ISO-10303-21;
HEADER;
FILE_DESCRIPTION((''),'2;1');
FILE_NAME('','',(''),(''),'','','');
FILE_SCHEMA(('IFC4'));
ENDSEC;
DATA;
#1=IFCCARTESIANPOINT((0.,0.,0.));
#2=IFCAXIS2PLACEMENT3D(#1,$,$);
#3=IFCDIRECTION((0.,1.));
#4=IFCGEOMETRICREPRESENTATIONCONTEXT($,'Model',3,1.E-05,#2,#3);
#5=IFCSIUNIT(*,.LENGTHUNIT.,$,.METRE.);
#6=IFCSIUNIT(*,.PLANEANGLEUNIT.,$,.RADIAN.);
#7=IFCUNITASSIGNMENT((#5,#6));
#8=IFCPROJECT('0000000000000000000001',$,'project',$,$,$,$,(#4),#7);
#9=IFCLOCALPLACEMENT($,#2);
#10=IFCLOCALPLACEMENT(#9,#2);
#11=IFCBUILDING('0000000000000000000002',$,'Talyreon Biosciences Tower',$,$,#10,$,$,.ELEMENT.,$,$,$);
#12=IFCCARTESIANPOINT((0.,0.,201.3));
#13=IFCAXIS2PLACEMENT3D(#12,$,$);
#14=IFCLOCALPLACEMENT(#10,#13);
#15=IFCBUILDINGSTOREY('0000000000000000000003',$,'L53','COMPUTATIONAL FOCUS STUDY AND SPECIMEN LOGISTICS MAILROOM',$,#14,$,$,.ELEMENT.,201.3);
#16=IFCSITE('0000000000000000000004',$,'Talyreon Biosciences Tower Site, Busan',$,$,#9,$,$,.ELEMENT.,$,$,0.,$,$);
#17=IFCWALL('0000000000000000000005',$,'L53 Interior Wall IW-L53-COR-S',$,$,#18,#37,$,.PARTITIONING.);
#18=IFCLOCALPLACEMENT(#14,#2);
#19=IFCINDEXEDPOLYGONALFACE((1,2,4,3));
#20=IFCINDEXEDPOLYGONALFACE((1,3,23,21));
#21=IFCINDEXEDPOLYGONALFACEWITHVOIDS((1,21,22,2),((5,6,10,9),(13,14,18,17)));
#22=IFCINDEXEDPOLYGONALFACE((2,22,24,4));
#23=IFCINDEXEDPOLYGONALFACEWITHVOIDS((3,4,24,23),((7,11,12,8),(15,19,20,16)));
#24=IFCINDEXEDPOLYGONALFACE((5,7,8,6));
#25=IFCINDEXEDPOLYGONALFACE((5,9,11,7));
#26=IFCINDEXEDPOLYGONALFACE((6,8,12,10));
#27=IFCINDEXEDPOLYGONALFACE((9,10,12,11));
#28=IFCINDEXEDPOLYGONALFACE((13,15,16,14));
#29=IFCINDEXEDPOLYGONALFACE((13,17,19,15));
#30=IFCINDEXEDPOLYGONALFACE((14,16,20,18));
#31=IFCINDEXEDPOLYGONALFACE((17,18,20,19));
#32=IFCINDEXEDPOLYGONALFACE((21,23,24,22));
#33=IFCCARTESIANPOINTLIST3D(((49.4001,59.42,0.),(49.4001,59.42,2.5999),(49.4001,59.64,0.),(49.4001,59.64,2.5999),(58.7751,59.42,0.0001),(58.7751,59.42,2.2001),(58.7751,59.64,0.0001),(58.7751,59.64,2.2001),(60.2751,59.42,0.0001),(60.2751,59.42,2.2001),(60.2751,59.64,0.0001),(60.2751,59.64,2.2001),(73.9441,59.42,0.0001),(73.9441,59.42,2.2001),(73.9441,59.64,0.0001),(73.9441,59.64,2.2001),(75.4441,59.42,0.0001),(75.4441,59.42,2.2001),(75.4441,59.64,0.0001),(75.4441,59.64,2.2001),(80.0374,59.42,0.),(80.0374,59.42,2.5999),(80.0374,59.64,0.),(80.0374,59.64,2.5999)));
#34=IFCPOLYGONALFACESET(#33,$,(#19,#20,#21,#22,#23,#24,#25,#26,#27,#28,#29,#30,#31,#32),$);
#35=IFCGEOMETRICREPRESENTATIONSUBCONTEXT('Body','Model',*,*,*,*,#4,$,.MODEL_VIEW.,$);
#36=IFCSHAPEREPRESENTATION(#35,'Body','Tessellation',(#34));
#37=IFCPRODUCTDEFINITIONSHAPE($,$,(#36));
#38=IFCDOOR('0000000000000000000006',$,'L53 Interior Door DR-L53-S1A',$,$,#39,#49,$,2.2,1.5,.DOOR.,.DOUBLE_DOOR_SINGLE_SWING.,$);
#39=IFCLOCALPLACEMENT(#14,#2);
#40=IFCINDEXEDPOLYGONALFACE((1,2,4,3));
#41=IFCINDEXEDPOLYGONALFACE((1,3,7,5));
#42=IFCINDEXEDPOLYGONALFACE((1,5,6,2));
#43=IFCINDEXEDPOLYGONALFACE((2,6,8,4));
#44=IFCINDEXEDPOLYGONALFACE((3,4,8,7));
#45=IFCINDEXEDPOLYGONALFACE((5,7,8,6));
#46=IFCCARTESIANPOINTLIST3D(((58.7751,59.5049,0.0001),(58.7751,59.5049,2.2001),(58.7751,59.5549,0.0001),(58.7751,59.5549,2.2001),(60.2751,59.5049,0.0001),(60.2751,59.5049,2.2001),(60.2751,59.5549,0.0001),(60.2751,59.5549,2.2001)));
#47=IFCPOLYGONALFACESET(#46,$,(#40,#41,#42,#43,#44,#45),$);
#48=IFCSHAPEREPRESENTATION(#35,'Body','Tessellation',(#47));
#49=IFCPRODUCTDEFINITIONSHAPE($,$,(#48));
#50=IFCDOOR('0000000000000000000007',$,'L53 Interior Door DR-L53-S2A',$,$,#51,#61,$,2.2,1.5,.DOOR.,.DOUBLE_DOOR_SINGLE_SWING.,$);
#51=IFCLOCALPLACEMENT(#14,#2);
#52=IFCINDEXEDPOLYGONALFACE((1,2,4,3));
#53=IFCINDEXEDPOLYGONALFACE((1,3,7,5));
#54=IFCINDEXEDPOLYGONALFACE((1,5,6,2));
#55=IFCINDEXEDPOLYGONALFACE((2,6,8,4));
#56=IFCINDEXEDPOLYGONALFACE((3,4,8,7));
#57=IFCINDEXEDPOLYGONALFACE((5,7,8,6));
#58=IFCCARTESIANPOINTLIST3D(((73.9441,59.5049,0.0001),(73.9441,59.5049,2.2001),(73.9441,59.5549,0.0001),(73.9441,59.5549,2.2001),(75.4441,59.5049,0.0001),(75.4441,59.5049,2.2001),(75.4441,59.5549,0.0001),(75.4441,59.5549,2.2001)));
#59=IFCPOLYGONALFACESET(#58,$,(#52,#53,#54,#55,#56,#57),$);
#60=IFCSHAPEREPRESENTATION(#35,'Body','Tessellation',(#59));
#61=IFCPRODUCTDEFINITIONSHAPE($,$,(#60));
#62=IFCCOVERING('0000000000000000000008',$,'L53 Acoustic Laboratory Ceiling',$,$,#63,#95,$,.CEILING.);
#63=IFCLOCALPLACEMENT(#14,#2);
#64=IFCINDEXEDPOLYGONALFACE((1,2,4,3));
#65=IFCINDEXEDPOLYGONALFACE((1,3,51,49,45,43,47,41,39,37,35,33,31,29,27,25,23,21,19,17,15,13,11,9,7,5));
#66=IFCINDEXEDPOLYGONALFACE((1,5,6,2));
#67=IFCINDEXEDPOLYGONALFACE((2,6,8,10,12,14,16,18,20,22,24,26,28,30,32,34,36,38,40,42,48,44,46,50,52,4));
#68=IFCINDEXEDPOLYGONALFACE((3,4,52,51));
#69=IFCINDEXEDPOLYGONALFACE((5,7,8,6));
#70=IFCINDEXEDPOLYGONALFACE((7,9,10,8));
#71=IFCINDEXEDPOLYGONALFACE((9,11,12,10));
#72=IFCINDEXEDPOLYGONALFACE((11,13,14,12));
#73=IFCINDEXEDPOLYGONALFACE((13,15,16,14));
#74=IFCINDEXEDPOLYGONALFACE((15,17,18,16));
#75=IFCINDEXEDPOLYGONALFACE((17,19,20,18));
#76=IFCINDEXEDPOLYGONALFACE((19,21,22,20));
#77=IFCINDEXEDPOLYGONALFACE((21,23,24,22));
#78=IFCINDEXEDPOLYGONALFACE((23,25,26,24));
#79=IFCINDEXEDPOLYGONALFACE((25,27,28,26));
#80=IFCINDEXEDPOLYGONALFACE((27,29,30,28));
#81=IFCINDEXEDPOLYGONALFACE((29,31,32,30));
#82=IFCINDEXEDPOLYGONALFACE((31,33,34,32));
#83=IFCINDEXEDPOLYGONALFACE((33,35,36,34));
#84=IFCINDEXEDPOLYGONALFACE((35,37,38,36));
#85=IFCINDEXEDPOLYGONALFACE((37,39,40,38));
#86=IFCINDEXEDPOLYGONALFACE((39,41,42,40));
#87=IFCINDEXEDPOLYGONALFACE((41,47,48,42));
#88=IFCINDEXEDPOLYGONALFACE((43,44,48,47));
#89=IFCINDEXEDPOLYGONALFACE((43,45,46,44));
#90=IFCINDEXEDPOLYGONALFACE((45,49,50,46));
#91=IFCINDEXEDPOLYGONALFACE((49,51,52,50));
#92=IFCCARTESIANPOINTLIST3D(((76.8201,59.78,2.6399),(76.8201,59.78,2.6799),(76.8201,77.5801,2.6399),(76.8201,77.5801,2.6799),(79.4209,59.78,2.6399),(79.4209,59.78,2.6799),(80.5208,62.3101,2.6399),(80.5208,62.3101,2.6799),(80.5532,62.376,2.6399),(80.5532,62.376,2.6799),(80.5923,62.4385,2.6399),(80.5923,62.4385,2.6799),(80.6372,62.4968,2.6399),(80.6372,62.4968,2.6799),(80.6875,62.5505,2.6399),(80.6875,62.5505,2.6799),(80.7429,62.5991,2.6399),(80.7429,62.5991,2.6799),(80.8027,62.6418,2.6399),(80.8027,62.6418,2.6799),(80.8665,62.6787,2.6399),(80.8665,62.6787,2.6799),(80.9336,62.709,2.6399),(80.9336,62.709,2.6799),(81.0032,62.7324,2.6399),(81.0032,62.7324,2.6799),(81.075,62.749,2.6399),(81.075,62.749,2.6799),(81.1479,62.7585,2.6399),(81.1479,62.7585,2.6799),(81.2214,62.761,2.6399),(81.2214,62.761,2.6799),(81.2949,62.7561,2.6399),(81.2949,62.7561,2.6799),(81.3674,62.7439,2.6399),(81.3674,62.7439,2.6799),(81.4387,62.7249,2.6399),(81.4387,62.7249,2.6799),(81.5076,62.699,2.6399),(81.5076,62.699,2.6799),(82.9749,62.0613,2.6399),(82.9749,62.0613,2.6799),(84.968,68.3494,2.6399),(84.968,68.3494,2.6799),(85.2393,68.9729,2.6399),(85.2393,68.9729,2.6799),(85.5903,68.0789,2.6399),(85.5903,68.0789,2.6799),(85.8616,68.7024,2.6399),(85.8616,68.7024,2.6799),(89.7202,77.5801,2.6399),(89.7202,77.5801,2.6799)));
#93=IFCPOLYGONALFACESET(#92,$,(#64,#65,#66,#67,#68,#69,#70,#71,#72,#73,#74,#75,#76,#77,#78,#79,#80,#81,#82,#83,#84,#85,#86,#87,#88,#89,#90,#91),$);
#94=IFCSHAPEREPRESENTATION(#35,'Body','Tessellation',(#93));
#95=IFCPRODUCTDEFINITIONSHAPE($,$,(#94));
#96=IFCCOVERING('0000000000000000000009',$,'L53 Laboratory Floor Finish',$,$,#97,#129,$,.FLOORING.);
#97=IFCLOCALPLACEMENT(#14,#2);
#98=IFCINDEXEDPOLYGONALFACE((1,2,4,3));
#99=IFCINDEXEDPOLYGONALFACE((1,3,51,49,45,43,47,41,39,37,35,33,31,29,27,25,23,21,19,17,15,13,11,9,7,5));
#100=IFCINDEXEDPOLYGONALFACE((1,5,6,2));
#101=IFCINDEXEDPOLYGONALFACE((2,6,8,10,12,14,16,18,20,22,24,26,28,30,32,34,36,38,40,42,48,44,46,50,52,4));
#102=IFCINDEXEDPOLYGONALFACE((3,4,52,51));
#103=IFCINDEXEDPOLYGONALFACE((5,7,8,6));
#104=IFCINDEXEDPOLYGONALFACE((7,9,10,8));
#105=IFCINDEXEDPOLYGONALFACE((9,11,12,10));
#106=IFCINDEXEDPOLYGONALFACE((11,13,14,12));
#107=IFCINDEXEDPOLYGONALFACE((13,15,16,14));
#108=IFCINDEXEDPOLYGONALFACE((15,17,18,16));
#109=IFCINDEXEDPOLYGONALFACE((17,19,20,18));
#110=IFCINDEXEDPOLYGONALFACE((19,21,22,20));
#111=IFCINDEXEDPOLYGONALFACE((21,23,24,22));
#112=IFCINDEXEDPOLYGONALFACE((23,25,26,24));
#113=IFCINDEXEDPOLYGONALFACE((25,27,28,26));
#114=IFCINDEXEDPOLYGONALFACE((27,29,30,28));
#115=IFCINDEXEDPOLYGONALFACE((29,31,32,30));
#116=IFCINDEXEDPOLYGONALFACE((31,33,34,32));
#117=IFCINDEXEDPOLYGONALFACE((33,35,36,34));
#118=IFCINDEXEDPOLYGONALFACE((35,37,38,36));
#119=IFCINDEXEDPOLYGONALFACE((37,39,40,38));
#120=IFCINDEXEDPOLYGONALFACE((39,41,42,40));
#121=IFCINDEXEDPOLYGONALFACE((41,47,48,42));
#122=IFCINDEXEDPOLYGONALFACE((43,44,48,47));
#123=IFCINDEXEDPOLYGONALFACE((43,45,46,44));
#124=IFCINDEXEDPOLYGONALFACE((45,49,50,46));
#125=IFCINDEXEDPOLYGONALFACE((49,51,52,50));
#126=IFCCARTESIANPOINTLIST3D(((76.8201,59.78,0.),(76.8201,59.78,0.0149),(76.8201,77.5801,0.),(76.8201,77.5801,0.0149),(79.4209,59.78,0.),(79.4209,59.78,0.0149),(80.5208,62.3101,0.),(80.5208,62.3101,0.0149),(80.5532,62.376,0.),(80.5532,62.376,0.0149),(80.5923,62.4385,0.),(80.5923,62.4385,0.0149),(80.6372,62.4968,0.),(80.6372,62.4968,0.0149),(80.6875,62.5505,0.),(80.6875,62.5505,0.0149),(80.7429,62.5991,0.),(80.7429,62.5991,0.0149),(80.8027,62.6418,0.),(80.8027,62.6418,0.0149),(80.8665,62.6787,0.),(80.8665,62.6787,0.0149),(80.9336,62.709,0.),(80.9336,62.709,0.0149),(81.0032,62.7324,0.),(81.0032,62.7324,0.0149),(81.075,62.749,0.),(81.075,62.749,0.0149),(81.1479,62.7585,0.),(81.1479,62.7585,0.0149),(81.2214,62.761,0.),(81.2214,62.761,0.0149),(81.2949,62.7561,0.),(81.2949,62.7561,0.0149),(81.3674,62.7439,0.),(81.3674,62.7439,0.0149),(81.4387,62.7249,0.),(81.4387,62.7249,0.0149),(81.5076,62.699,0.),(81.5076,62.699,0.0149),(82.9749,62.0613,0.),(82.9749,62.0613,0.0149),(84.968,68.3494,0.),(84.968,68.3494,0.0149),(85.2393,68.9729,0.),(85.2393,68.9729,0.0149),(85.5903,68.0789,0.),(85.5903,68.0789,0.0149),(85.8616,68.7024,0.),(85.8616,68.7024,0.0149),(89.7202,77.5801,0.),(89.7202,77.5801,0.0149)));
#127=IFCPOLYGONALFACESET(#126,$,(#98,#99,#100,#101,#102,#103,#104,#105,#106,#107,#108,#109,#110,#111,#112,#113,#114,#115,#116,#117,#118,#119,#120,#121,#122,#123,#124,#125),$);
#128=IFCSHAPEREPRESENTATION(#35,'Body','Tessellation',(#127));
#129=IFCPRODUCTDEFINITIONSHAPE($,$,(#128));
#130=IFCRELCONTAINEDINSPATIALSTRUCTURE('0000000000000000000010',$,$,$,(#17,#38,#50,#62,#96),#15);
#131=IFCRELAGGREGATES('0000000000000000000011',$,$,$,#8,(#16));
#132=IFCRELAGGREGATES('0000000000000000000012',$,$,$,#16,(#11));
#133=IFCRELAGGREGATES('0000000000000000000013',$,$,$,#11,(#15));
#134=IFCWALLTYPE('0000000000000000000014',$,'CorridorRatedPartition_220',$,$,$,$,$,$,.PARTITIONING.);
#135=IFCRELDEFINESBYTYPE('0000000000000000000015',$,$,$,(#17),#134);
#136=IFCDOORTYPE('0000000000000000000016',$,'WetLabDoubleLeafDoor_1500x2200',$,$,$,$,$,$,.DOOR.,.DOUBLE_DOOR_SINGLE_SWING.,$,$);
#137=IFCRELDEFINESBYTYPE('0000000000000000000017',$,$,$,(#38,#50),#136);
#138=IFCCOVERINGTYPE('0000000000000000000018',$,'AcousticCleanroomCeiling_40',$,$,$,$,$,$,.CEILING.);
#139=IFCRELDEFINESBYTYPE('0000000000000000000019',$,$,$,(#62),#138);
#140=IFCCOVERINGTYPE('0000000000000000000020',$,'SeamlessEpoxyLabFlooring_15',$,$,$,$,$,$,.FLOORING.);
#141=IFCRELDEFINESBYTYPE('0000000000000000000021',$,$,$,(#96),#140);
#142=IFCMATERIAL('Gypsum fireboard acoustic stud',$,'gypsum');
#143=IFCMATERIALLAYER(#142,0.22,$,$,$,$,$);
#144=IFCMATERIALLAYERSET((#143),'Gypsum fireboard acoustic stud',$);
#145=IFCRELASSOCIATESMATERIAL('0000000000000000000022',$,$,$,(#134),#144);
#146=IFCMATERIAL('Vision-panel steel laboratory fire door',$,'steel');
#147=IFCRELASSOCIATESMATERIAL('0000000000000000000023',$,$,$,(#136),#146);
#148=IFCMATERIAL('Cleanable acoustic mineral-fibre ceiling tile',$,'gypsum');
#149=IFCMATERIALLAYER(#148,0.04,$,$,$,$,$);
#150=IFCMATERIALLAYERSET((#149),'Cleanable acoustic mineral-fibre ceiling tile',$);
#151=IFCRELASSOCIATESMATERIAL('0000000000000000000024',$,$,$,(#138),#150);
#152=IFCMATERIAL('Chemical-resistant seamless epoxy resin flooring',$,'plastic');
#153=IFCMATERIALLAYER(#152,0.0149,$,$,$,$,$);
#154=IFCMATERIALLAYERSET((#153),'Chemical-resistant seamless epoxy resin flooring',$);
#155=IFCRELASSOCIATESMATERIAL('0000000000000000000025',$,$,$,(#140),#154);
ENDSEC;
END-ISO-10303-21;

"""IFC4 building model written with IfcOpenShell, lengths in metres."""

from ifc_helpers import new_model, si_unit, direction, frame, frame_2d, origin, place, context, subcontext, project, spatial, polyline, rectangle, outline, extrude, material, layer, layer_set, type_object, element, fill, save


model = new_model("IFC4")

# Units and contexts
model_context = context("Model", 3, precision=1e-05, world=origin(), true_north=direction((0.0, 1.0)))
body_context = subcontext(model_context, "Body", "Model", "MODEL_VIEW")
ifc_project = project(units=[si_unit("LENGTHUNIT", "METRE"), si_unit("PLANEANGLEUNIT", "RADIAN")], contexts=[model_context])

# Site, building, storey
site_placement = place(None, origin())
site = spatial("IfcSite", under=ifc_project, at=site_placement, Name="Talyreon Biosciences Tower Site, Busan", CompositionType="ELEMENT", RefElevation=0.0)
building_placement = place(site_placement, origin())
building = spatial("IfcBuilding", under=site, at=building_placement, Name="Talyreon Biosciences Tower", CompositionType="ELEMENT")
storey_placement = place(building_placement, frame((0.0, 0.0, 201.3)))
storey = spatial("IfcBuildingStorey", under=building, at=storey_placement, Name="L53", Description="COMPUTATIONAL FOCUS STUDY AND SPECIMEN LOGISTICS MAILROOM", CompositionType="ELEMENT", Elevation=201.3)

# Wall, openings, doors
ifc_material_1 = material(Name="Gypsum fireboard acoustic stud", Category="gypsum")
ifc_layer_1 = layer(ifc_material_1, 0.22)
ifc_layer_set_1 = layer_set([ifc_layer_1], Name="Gypsum fireboard acoustic stud")
wall_type = type_object("IfcWallType", Name="CorridorRatedPartition_220", PredefinedType="PARTITIONING", material=ifc_layer_set_1)
wall_placement = place(storey_placement, frame((49.4001, 59.53, 0.0), z_axis=(0.0, 0.0, 1.0), x_axis=(1.0, 0.0, 0.0)))
wall = element("IfcWall", 1, at=wall_placement, inside=storey, type_object=wall_type, Name="L53 Interior Wall IW-L53-COR-S", PredefinedType="PARTITIONING", context=body_context, shape_type="SweptSolid", body=[
    extrude(rectangle(XDim=30.6372, YDim=0.22, at=frame_2d((15.3186, 0.0))), origin(), (0.0, 0.0, 1.0), 2.5999),
])
opening_1_placement = place(wall_placement, frame((9.375, 0.0, 0.0)))
opening_1 = element("IfcOpeningElement", 2, at=opening_1_placement, cuts=wall, PredefinedType="OPENING", context=body_context, shape_type="SweptSolid", body=[
    extrude(rectangle(XDim=1.5, YDim=2.2, at=frame_2d((0.75, 1.1001))), frame((0.0, 0.1199, 0.0), z_axis=(0.0, -1.0, 0.0), x_axis=(1.0, 0.0, 0.0)), (0.0, 0.0, 1.0), 0.24),
])
opening_2_placement = place(wall_placement, frame((24.5439, 0.0, 0.0)))
opening_2 = element("IfcOpeningElement", 3, at=opening_2_placement, cuts=wall, PredefinedType="OPENING", context=body_context, shape_type="SweptSolid", body=[
    extrude(rectangle(XDim=1.5, YDim=2.2, at=frame_2d((0.75, 1.1001))), frame((0.0, 0.1199, 0.0), z_axis=(0.0, -1.0, 0.0), x_axis=(1.0, 0.0, 0.0)), (0.0, 0.0, 1.0), 0.24),
])
ifc_material_2 = material(Name="Vision-panel steel laboratory fire door", Category="steel")
door_type = type_object("IfcDoorType", Name="WetLabDoubleLeafDoor_1500x2200", OperationType="DOUBLE_DOOR_SINGLE_SWING", PredefinedType="DOOR", material=ifc_material_2)
door_1_placement = place(opening_1_placement, origin())
door_1 = element("IfcDoor", 4, at=door_1_placement, inside=storey, type_object=door_type, Name="L53 Interior Door DR-L53-S1A", OperationType="DOUBLE_DOOR_SINGLE_SWING", OverallHeight=2.2, OverallWidth=1.5, PredefinedType="DOOR", context=body_context, shape_type="SweptSolid", body=[
    extrude(rectangle(XDim=1.5, YDim=2.2, at=frame_2d((0.75, 1.1001))), frame((0.0, 0.0249, 0.0), z_axis=(0.0, -1.0, 0.0), x_axis=(1.0, 0.0, 0.0)), (0.0, 0.0, 1.0), 0.05),
])
fill(opening_1, door_1)
door_2_placement = place(opening_2_placement, origin())
door_2 = element("IfcDoor", 5, at=door_2_placement, inside=storey, type_object=door_type, Name="L53 Interior Door DR-L53-S2A", OperationType="DOUBLE_DOOR_SINGLE_SWING", OverallHeight=2.2, OverallWidth=1.5, PredefinedType="DOOR", context=body_context, shape_type="SweptSolid", body=[
    extrude(rectangle(XDim=1.5, YDim=2.2, at=frame_2d((0.75, 1.1001))), frame((0.0, 0.0249, 0.0), z_axis=(0.0, -1.0, 0.0), x_axis=(1.0, 0.0, 0.0)), (0.0, 0.0, 1.0), 0.05),
])
fill(opening_2, door_2)

# Coverings
ifc_material_3 = material(Name="Cleanable acoustic mineral-fibre ceiling tile", Category="gypsum")
ifc_layer_2 = layer(ifc_material_3, 0.04)
ifc_layer_set_2 = layer_set([ifc_layer_2], Name="Cleanable acoustic mineral-fibre ceiling tile")
covering_type_1 = type_object("IfcCoveringType", Name="AcousticCleanroomCeiling_40", PredefinedType="CEILING", material=ifc_layer_set_2)
covering_1_placement = place(storey_placement, frame((0.0, 0.0, 2.6399)))
element("IfcCovering", 6, at=covering_1_placement, inside=storey, type_object=covering_type_1, Name="L53 Acoustic Laboratory Ceiling", PredefinedType="CEILING", context=body_context, shape_type="SweptSolid", body=[
    extrude(outline(polyline([(81.5076, 62.699), (81.4387, 62.7249), (81.3674, 62.7439), (81.2949, 62.7561), (81.2214, 62.761), (81.1479, 62.7585), (81.075, 62.749), (81.0032, 62.7324), (80.9336, 62.709), (80.8665, 62.6787), (80.8027, 62.6418), (80.7429, 62.5991), (80.6875, 62.5505), (80.6372, 62.4968), (80.5923, 62.4385), (80.5532, 62.376), (80.5208, 62.3101), (79.4209, 59.78), (76.8201, 59.78), (76.8201, 77.5801), (89.7202, 77.5801), (85.8616, 68.7024), (85.2393, 68.9729), (84.968, 68.3494), (85.5903, 68.0789), (82.9749, 62.0613), (81.5076, 62.699)])), origin(), (0.0, 0.0, 1.0), 0.04),
])
ifc_material_4 = material(Name="Chemical-resistant seamless epoxy resin flooring", Category="plastic")
ifc_layer_3 = layer(ifc_material_4, 0.0149)
ifc_layer_set_3 = layer_set([ifc_layer_3], Name="Chemical-resistant seamless epoxy resin flooring")
covering_type_2 = type_object("IfcCoveringType", Name="SeamlessEpoxyLabFlooring_15", PredefinedType="FLOORING", material=ifc_layer_set_3)
covering_2_placement = place(storey_placement, origin())
element("IfcCovering", 7, at=covering_2_placement, inside=storey, type_object=covering_type_2, Name="L53 Laboratory Floor Finish", PredefinedType="FLOORING", context=body_context, shape_type="SweptSolid", body=[
    extrude(outline(polyline([(81.5076, 62.699), (81.4387, 62.7249), (81.3674, 62.7439), (81.2949, 62.7561), (81.2214, 62.761), (81.1479, 62.7585), (81.075, 62.749), (81.0032, 62.7324), (80.9336, 62.709), (80.8665, 62.6787), (80.8027, 62.6418), (80.7429, 62.5991), (80.6875, 62.5505), (80.6372, 62.4968), (80.5923, 62.4385), (80.5532, 62.376), (80.5208, 62.3101), (79.4209, 59.78), (76.8201, 59.78), (76.8201, 77.5801), (89.7202, 77.5801), (85.8616, 68.7024), (85.2393, 68.9729), (84.968, 68.3494), (85.5903, 68.0789), (82.9749, 62.0613), (81.5076, 62.699)])), origin(), (0.0, 0.0, 1.0), 0.0149),
])

save(model, "model.ifc")
